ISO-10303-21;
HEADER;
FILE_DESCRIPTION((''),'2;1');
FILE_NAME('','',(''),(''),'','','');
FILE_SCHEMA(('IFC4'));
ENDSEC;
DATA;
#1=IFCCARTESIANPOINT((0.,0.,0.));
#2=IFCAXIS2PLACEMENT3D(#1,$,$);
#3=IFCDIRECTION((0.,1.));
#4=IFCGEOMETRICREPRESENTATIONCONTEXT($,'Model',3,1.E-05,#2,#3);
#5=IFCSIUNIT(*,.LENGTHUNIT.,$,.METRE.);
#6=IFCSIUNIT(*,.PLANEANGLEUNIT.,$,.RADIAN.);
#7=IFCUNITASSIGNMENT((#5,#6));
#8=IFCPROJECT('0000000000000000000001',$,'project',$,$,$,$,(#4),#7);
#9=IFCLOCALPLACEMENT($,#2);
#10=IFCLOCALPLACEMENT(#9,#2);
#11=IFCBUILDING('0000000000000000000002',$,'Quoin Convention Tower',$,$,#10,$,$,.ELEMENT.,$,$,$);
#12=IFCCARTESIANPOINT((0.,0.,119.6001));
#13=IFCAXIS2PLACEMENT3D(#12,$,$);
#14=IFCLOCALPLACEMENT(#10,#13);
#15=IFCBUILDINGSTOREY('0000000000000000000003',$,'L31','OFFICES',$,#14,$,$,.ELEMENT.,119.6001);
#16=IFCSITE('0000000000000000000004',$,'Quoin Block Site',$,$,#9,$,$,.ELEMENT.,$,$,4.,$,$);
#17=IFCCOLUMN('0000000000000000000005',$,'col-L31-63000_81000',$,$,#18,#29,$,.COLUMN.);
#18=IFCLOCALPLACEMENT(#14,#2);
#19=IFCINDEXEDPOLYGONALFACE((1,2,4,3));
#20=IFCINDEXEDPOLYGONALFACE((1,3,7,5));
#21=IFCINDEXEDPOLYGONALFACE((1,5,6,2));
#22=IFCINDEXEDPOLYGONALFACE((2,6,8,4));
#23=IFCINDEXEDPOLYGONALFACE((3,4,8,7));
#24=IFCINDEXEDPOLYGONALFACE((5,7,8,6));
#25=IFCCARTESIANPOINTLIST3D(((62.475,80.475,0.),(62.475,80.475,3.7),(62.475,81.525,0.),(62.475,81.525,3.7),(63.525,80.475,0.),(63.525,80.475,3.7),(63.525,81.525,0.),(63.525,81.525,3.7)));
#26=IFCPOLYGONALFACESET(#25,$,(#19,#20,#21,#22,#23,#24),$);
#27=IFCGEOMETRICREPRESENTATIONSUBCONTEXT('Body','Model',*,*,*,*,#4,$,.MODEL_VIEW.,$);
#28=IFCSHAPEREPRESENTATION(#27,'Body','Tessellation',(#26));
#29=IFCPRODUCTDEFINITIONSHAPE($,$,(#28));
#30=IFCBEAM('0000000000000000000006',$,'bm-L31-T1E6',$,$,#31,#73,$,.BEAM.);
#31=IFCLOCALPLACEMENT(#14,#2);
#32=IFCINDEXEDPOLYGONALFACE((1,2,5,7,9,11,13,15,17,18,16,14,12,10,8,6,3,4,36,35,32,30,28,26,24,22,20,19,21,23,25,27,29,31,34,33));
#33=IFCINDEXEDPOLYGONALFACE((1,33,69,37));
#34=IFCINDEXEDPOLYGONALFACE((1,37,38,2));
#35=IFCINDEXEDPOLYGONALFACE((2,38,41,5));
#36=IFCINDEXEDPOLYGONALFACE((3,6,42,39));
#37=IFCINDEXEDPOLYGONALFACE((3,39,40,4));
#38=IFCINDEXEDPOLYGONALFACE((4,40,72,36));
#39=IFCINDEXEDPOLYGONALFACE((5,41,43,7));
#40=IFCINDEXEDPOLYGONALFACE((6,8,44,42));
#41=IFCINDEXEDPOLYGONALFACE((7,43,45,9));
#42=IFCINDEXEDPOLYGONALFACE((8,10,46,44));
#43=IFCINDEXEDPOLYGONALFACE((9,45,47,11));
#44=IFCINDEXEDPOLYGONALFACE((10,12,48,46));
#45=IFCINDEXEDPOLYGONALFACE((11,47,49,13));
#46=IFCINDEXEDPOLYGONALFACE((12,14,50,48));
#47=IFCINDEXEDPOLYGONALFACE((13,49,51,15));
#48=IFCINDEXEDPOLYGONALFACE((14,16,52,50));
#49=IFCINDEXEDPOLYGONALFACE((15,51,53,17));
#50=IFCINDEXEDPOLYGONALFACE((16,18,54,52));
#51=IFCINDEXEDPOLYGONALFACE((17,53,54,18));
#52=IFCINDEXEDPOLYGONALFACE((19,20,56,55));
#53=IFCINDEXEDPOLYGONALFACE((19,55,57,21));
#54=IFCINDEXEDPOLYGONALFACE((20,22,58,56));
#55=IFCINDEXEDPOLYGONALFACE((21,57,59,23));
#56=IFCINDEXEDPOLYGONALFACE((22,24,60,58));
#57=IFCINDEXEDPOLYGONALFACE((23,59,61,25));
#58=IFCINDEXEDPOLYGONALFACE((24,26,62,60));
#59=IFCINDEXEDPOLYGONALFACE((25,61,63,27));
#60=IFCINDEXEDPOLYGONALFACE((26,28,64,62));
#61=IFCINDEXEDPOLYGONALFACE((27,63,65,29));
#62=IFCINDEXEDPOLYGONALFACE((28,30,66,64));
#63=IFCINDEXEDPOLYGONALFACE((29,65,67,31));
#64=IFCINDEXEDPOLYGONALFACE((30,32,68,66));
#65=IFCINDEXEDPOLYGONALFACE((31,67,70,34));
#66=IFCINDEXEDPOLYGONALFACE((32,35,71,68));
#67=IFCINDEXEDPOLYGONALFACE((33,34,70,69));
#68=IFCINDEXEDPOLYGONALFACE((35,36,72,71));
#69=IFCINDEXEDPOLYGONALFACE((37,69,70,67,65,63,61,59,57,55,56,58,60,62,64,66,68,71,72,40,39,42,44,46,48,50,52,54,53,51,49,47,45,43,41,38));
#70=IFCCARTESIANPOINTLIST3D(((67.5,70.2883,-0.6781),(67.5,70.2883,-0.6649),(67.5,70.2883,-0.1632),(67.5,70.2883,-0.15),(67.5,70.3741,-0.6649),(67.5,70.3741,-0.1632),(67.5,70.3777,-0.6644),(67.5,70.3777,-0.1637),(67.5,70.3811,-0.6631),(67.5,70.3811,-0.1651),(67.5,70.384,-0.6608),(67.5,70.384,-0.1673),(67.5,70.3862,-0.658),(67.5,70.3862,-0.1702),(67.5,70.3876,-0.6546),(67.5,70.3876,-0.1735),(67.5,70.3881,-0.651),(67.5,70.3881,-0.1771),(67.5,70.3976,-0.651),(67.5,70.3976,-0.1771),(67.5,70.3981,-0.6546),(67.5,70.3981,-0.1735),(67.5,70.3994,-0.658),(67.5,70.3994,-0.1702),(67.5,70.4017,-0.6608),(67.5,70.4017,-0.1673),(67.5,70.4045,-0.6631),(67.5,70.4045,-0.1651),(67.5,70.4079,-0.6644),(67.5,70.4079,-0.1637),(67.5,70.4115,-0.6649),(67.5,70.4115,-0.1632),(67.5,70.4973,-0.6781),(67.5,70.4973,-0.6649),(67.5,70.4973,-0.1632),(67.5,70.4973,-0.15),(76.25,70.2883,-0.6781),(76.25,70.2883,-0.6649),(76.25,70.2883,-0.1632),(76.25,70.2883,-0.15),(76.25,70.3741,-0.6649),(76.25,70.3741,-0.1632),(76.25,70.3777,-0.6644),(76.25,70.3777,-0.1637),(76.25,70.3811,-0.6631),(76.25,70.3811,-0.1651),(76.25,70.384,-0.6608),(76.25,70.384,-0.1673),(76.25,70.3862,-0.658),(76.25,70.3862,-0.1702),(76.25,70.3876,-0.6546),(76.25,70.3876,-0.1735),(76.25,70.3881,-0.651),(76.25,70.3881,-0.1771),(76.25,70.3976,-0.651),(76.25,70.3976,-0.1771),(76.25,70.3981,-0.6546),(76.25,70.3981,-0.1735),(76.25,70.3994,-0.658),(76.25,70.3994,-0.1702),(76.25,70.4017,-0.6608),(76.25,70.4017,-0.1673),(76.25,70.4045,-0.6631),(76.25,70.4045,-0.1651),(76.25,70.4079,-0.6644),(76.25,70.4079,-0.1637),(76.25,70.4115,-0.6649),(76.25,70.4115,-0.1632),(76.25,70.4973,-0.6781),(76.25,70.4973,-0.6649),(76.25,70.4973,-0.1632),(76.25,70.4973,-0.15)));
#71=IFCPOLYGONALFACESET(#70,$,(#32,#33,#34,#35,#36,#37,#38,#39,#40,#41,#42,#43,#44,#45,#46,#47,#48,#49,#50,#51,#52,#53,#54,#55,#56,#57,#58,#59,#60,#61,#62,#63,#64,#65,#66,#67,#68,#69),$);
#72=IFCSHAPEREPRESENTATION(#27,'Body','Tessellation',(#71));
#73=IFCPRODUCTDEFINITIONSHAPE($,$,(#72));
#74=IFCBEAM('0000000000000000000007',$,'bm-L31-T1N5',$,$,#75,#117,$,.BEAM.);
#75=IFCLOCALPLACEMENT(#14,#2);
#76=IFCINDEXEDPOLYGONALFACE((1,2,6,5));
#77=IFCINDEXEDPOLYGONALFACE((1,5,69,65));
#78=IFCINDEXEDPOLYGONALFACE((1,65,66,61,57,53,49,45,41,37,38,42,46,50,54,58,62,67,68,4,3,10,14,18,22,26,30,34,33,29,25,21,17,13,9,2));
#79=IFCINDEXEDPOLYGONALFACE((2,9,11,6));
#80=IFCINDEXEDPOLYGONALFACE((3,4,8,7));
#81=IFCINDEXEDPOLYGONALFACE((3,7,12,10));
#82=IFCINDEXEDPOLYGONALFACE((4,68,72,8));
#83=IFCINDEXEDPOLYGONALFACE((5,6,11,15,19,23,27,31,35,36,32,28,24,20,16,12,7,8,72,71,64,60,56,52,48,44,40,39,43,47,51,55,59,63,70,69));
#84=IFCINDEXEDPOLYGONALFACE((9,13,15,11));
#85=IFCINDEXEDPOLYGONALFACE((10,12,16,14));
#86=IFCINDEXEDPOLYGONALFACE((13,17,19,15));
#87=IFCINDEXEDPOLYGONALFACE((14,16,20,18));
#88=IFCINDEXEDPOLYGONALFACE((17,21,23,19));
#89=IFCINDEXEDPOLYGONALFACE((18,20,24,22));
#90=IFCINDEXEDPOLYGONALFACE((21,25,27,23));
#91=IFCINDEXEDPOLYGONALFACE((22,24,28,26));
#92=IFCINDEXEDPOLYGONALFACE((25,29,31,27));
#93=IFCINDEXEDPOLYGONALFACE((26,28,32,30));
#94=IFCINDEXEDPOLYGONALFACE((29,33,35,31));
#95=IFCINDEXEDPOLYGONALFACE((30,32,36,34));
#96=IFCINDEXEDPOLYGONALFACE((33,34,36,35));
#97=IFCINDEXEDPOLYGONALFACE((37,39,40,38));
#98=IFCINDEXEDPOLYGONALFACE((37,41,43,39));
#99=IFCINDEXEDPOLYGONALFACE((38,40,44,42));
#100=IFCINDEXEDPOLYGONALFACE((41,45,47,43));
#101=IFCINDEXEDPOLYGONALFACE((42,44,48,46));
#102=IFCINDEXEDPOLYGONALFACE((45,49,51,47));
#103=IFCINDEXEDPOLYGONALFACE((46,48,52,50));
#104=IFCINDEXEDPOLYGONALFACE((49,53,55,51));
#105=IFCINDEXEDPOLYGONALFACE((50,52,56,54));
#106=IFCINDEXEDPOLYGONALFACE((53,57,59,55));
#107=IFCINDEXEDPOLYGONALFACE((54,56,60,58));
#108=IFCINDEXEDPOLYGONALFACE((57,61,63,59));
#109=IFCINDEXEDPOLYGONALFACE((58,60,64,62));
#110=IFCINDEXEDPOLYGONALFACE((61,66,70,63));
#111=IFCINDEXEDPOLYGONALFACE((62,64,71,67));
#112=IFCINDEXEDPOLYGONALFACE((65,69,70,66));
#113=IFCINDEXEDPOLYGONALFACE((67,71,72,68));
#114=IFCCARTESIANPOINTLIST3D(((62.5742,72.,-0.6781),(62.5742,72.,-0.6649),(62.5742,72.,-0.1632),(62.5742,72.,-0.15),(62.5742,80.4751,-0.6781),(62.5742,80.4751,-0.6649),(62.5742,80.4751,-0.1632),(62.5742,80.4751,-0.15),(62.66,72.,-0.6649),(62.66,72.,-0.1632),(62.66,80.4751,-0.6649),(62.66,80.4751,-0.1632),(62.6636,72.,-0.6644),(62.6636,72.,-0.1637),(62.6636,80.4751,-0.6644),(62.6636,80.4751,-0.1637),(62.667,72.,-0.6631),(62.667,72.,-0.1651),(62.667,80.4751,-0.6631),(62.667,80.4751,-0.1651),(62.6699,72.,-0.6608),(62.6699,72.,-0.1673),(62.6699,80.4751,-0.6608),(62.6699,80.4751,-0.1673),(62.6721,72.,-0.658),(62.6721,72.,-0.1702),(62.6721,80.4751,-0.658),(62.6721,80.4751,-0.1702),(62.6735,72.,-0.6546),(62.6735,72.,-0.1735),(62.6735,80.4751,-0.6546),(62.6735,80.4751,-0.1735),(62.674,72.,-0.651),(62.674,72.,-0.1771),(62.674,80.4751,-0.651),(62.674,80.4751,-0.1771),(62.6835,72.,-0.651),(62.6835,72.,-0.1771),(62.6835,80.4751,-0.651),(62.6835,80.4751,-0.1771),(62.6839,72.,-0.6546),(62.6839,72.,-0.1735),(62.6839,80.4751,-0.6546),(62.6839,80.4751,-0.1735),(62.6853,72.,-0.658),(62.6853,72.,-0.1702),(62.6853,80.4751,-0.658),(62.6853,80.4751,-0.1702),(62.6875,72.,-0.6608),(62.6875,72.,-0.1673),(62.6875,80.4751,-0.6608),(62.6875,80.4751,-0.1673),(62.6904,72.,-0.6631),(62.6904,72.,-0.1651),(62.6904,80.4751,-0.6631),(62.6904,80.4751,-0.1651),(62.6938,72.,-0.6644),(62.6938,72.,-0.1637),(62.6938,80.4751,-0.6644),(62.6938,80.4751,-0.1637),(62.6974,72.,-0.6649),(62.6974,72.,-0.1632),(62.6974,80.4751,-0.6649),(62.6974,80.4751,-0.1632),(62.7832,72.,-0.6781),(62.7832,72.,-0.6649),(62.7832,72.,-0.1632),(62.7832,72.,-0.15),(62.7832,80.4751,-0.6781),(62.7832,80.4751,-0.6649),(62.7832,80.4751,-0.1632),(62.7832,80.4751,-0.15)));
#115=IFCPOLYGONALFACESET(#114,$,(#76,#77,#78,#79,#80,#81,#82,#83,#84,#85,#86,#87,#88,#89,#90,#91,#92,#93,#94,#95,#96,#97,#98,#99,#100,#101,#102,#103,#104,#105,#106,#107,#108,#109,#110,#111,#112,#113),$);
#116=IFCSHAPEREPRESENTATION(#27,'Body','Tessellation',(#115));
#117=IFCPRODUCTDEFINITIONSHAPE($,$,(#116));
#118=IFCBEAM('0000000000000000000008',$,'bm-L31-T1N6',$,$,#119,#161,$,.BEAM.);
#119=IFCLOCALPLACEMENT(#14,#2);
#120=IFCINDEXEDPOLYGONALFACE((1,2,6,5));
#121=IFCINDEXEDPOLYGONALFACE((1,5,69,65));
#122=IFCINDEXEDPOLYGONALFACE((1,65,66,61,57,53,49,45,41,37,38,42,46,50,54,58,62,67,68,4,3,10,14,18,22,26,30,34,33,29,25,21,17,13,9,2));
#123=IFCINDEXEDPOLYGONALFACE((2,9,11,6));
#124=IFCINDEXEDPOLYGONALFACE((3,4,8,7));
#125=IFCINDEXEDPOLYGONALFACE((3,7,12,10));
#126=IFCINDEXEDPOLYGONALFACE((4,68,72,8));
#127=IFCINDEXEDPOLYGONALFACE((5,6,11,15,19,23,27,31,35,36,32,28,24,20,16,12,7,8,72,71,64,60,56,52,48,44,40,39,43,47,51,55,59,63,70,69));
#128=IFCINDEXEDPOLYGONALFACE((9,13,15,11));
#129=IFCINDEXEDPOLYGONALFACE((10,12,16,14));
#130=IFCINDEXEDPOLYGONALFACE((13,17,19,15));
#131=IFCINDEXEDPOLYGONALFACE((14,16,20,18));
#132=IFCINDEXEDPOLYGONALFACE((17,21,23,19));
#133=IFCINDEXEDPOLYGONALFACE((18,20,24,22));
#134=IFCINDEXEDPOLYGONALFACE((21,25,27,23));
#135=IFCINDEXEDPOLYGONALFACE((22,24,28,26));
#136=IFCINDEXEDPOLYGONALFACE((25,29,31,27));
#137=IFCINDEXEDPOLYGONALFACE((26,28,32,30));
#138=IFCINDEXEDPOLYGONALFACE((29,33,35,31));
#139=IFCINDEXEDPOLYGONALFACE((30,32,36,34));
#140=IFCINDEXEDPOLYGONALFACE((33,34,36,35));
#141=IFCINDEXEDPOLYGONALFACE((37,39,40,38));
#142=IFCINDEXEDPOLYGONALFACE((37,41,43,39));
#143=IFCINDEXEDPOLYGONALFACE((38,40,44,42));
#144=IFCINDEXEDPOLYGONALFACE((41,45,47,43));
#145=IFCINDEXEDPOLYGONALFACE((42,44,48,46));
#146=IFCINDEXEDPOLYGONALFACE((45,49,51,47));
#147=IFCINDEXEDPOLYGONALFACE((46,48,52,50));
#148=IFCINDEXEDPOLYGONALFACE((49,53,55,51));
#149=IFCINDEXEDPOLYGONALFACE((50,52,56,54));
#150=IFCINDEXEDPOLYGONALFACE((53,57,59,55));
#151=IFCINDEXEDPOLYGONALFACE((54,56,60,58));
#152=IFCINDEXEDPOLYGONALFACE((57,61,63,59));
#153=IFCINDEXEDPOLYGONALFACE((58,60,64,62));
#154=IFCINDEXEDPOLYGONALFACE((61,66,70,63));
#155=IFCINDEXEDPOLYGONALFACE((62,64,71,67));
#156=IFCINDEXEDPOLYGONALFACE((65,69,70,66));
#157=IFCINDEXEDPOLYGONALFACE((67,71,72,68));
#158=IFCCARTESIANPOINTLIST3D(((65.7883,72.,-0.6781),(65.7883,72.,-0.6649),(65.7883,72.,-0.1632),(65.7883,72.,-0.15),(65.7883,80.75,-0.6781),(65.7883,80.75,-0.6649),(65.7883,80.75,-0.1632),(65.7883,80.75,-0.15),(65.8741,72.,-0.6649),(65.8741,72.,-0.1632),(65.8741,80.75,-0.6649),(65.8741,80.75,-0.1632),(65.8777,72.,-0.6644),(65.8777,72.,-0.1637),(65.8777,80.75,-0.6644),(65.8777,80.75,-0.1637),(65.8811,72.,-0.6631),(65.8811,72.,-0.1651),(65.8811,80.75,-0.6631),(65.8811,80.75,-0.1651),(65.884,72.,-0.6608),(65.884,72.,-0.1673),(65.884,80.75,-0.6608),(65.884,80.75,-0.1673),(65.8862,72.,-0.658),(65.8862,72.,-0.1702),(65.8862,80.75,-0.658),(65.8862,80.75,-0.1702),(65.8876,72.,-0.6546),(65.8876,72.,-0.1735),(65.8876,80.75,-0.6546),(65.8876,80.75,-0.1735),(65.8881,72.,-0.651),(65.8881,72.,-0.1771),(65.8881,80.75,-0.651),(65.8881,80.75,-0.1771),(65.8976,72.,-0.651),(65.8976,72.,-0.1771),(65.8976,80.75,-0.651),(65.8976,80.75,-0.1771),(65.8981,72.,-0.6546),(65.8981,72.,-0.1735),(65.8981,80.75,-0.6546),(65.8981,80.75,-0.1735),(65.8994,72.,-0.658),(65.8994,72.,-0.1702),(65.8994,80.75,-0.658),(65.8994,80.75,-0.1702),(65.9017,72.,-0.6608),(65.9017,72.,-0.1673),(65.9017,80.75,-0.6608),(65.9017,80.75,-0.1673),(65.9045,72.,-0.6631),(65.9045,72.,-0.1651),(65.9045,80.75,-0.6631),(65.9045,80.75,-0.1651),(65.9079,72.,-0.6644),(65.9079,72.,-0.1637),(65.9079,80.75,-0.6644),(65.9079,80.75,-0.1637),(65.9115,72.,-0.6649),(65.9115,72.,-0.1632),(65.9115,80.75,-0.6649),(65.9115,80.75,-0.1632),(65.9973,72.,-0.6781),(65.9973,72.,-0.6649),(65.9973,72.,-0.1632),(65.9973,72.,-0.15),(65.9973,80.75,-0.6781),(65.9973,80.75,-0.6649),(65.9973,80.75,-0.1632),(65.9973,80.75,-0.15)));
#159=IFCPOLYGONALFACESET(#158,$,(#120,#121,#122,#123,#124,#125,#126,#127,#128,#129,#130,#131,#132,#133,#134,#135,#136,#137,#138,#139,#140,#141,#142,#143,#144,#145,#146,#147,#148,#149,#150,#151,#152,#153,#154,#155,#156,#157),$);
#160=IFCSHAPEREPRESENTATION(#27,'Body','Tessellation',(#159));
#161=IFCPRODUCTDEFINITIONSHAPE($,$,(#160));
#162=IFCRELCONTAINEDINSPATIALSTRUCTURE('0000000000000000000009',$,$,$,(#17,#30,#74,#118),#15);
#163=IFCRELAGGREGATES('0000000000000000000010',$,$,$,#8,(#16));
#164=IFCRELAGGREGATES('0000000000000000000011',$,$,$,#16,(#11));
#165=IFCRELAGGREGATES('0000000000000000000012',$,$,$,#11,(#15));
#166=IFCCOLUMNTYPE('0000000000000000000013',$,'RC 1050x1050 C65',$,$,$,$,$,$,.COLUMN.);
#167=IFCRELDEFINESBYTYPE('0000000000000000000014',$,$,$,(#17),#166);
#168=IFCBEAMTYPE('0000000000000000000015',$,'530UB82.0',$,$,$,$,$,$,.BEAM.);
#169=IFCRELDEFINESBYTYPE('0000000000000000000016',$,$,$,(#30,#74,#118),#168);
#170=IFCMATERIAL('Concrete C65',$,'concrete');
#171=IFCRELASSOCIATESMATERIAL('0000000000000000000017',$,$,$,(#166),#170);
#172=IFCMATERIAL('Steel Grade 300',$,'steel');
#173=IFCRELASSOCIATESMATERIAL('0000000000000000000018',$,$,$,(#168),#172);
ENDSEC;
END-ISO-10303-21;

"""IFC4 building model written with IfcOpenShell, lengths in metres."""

from ifc_helpers import new_model, si_unit, direction, frame, origin, origin_2d, place, context, subcontext, project, spatial, rectangle, i_section, extrude, material, material_profile, profile_set, type_object, element, save


model = new_model("IFC4")

# Units and contexts
model_context = context("Model", 3, precision=1e-05, world=origin(), true_north=direction((0.0, 1.0)))
body_context = subcontext(model_context, "Body", "Model", "MODEL_VIEW")
ifc_project = project(units=[si_unit("LENGTHUNIT", "METRE"), si_unit("PLANEANGLEUNIT", "RADIAN")], contexts=[model_context])

# Site, building, storey
site_placement = place(None, origin())
site = spatial("IfcSite", under=ifc_project, at=site_placement, Name="Quoin Block Site", CompositionType="ELEMENT", RefElevation=4.0)
building_placement = place(site_placement, origin())
building = spatial("IfcBuilding", under=site, at=building_placement, Name="Quoin Convention Tower", CompositionType="ELEMENT")
storey_placement = place(building_placement, frame((0.0, 0.0, 119.6001)))
storey = spatial("IfcBuildingStorey", under=building, at=storey_placement, Name="L31", Description="OFFICES", CompositionType="ELEMENT", Elevation=119.6001)

# Column
ifc_material_1 = material(Name="Concrete C65", Category="concrete")
ifc_material_profile_1 = material_profile(ifc_material_1, rectangle(XDim=1.05, YDim=1.05, at=origin_2d()), Name="RC 1050x1050")
ifc_profile_set_1 = profile_set([ifc_material_profile_1], Name="Concrete C65")
column_type = type_object("IfcColumnType", Name="RC 1050x1050 C65", PredefinedType="COLUMN", material=ifc_profile_set_1)
column_placement = place(storey_placement, frame((63.0, 81.0, 0.0), z_axis=(0.0, 0.0, 1.0), x_axis=(1.0, 0.0, 0.0)))
element("IfcColumn", 1, at=column_placement, inside=storey, type_object=column_type, Name="col-L31-63000_81000", PredefinedType="COLUMN", context=body_context, shape_type="SweptSolid", body=[
    extrude(rectangle(XDim=1.05, YDim=1.05, at=origin_2d()), origin(), (0.0, 0.0, 1.0), 3.7),
])

# Beams
ifc_material_2 = material(Name="Steel Grade 300", Category="steel")
ifc_material_profile_2 = material_profile(ifc_material_2, i_section(OverallWidth=0.209, OverallDepth=0.5281, WebThickness=0.0095, FlangeThickness=0.0132, FilletRadius=0.0139, at=origin_2d()), Name="530UB82.0")
ifc_profile_set_2 = profile_set([ifc_material_profile_2], Name="Steel Grade 300")
beam_type_1 = type_object("IfcBeamType", Name="530UB82.0", PredefinedType="BEAM", material=ifc_profile_set_2)
beam_1_placement = place(storey_placement, frame((67.5, 70.3928, -0.4141), z_axis=(1.0, 0.0, 0.0), x_axis=(0.0, 1.0, 0.0)))
element("IfcBeam", 2, at=beam_1_placement, inside=storey, type_object=beam_type_1, Name="bm-L31-T1E6", PredefinedType="BEAM", context=body_context, shape_type="SweptSolid", body=[
    extrude(i_section(OverallWidth=0.209, OverallDepth=0.5281, WebThickness=0.0095, FlangeThickness=0.0132, FilletRadius=0.0139, at=origin_2d()), origin(), (0.0, 0.0, 1.0), 8.75),
])
beam_2_placement = place(storey_placement, frame((62.6787, 72.0, -0.4141), z_axis=(0.0, 1.0, 0.0), x_axis=(-1.0, 0.0, 0.0)))
element("IfcBeam", 3, at=beam_2_placement, inside=storey, type_object=beam_type_1, Name="bm-L31-T1N5", PredefinedType="BEAM", context=body_context, shape_type="SweptSolid", body=[
    extrude(i_section(OverallWidth=0.209, OverallDepth=0.5281, WebThickness=0.0095, FlangeThickness=0.0132, FilletRadius=0.0139, at=origin_2d()), origin(), (0.0, 0.0, 1.0), 8.4751),
])
beam_3_placement = place(storey_placement, frame((65.8928, 72.0, -0.4141), z_axis=(0.0, 1.0, 0.0), x_axis=(-1.0, 0.0, 0.0)))
element("IfcBeam", 4, at=beam_3_placement, inside=storey, type_object=beam_type_1, Name="bm-L31-T1N6", PredefinedType="BEAM", context=body_context, shape_type="SweptSolid", body=[
    extrude(i_section(OverallWidth=0.209, OverallDepth=0.5281, WebThickness=0.0095, FlangeThickness=0.0132, FilletRadius=0.0139, at=origin_2d()), origin(), (0.0, 0.0, 1.0), 8.75),
])

save(model, "model.ifc")
